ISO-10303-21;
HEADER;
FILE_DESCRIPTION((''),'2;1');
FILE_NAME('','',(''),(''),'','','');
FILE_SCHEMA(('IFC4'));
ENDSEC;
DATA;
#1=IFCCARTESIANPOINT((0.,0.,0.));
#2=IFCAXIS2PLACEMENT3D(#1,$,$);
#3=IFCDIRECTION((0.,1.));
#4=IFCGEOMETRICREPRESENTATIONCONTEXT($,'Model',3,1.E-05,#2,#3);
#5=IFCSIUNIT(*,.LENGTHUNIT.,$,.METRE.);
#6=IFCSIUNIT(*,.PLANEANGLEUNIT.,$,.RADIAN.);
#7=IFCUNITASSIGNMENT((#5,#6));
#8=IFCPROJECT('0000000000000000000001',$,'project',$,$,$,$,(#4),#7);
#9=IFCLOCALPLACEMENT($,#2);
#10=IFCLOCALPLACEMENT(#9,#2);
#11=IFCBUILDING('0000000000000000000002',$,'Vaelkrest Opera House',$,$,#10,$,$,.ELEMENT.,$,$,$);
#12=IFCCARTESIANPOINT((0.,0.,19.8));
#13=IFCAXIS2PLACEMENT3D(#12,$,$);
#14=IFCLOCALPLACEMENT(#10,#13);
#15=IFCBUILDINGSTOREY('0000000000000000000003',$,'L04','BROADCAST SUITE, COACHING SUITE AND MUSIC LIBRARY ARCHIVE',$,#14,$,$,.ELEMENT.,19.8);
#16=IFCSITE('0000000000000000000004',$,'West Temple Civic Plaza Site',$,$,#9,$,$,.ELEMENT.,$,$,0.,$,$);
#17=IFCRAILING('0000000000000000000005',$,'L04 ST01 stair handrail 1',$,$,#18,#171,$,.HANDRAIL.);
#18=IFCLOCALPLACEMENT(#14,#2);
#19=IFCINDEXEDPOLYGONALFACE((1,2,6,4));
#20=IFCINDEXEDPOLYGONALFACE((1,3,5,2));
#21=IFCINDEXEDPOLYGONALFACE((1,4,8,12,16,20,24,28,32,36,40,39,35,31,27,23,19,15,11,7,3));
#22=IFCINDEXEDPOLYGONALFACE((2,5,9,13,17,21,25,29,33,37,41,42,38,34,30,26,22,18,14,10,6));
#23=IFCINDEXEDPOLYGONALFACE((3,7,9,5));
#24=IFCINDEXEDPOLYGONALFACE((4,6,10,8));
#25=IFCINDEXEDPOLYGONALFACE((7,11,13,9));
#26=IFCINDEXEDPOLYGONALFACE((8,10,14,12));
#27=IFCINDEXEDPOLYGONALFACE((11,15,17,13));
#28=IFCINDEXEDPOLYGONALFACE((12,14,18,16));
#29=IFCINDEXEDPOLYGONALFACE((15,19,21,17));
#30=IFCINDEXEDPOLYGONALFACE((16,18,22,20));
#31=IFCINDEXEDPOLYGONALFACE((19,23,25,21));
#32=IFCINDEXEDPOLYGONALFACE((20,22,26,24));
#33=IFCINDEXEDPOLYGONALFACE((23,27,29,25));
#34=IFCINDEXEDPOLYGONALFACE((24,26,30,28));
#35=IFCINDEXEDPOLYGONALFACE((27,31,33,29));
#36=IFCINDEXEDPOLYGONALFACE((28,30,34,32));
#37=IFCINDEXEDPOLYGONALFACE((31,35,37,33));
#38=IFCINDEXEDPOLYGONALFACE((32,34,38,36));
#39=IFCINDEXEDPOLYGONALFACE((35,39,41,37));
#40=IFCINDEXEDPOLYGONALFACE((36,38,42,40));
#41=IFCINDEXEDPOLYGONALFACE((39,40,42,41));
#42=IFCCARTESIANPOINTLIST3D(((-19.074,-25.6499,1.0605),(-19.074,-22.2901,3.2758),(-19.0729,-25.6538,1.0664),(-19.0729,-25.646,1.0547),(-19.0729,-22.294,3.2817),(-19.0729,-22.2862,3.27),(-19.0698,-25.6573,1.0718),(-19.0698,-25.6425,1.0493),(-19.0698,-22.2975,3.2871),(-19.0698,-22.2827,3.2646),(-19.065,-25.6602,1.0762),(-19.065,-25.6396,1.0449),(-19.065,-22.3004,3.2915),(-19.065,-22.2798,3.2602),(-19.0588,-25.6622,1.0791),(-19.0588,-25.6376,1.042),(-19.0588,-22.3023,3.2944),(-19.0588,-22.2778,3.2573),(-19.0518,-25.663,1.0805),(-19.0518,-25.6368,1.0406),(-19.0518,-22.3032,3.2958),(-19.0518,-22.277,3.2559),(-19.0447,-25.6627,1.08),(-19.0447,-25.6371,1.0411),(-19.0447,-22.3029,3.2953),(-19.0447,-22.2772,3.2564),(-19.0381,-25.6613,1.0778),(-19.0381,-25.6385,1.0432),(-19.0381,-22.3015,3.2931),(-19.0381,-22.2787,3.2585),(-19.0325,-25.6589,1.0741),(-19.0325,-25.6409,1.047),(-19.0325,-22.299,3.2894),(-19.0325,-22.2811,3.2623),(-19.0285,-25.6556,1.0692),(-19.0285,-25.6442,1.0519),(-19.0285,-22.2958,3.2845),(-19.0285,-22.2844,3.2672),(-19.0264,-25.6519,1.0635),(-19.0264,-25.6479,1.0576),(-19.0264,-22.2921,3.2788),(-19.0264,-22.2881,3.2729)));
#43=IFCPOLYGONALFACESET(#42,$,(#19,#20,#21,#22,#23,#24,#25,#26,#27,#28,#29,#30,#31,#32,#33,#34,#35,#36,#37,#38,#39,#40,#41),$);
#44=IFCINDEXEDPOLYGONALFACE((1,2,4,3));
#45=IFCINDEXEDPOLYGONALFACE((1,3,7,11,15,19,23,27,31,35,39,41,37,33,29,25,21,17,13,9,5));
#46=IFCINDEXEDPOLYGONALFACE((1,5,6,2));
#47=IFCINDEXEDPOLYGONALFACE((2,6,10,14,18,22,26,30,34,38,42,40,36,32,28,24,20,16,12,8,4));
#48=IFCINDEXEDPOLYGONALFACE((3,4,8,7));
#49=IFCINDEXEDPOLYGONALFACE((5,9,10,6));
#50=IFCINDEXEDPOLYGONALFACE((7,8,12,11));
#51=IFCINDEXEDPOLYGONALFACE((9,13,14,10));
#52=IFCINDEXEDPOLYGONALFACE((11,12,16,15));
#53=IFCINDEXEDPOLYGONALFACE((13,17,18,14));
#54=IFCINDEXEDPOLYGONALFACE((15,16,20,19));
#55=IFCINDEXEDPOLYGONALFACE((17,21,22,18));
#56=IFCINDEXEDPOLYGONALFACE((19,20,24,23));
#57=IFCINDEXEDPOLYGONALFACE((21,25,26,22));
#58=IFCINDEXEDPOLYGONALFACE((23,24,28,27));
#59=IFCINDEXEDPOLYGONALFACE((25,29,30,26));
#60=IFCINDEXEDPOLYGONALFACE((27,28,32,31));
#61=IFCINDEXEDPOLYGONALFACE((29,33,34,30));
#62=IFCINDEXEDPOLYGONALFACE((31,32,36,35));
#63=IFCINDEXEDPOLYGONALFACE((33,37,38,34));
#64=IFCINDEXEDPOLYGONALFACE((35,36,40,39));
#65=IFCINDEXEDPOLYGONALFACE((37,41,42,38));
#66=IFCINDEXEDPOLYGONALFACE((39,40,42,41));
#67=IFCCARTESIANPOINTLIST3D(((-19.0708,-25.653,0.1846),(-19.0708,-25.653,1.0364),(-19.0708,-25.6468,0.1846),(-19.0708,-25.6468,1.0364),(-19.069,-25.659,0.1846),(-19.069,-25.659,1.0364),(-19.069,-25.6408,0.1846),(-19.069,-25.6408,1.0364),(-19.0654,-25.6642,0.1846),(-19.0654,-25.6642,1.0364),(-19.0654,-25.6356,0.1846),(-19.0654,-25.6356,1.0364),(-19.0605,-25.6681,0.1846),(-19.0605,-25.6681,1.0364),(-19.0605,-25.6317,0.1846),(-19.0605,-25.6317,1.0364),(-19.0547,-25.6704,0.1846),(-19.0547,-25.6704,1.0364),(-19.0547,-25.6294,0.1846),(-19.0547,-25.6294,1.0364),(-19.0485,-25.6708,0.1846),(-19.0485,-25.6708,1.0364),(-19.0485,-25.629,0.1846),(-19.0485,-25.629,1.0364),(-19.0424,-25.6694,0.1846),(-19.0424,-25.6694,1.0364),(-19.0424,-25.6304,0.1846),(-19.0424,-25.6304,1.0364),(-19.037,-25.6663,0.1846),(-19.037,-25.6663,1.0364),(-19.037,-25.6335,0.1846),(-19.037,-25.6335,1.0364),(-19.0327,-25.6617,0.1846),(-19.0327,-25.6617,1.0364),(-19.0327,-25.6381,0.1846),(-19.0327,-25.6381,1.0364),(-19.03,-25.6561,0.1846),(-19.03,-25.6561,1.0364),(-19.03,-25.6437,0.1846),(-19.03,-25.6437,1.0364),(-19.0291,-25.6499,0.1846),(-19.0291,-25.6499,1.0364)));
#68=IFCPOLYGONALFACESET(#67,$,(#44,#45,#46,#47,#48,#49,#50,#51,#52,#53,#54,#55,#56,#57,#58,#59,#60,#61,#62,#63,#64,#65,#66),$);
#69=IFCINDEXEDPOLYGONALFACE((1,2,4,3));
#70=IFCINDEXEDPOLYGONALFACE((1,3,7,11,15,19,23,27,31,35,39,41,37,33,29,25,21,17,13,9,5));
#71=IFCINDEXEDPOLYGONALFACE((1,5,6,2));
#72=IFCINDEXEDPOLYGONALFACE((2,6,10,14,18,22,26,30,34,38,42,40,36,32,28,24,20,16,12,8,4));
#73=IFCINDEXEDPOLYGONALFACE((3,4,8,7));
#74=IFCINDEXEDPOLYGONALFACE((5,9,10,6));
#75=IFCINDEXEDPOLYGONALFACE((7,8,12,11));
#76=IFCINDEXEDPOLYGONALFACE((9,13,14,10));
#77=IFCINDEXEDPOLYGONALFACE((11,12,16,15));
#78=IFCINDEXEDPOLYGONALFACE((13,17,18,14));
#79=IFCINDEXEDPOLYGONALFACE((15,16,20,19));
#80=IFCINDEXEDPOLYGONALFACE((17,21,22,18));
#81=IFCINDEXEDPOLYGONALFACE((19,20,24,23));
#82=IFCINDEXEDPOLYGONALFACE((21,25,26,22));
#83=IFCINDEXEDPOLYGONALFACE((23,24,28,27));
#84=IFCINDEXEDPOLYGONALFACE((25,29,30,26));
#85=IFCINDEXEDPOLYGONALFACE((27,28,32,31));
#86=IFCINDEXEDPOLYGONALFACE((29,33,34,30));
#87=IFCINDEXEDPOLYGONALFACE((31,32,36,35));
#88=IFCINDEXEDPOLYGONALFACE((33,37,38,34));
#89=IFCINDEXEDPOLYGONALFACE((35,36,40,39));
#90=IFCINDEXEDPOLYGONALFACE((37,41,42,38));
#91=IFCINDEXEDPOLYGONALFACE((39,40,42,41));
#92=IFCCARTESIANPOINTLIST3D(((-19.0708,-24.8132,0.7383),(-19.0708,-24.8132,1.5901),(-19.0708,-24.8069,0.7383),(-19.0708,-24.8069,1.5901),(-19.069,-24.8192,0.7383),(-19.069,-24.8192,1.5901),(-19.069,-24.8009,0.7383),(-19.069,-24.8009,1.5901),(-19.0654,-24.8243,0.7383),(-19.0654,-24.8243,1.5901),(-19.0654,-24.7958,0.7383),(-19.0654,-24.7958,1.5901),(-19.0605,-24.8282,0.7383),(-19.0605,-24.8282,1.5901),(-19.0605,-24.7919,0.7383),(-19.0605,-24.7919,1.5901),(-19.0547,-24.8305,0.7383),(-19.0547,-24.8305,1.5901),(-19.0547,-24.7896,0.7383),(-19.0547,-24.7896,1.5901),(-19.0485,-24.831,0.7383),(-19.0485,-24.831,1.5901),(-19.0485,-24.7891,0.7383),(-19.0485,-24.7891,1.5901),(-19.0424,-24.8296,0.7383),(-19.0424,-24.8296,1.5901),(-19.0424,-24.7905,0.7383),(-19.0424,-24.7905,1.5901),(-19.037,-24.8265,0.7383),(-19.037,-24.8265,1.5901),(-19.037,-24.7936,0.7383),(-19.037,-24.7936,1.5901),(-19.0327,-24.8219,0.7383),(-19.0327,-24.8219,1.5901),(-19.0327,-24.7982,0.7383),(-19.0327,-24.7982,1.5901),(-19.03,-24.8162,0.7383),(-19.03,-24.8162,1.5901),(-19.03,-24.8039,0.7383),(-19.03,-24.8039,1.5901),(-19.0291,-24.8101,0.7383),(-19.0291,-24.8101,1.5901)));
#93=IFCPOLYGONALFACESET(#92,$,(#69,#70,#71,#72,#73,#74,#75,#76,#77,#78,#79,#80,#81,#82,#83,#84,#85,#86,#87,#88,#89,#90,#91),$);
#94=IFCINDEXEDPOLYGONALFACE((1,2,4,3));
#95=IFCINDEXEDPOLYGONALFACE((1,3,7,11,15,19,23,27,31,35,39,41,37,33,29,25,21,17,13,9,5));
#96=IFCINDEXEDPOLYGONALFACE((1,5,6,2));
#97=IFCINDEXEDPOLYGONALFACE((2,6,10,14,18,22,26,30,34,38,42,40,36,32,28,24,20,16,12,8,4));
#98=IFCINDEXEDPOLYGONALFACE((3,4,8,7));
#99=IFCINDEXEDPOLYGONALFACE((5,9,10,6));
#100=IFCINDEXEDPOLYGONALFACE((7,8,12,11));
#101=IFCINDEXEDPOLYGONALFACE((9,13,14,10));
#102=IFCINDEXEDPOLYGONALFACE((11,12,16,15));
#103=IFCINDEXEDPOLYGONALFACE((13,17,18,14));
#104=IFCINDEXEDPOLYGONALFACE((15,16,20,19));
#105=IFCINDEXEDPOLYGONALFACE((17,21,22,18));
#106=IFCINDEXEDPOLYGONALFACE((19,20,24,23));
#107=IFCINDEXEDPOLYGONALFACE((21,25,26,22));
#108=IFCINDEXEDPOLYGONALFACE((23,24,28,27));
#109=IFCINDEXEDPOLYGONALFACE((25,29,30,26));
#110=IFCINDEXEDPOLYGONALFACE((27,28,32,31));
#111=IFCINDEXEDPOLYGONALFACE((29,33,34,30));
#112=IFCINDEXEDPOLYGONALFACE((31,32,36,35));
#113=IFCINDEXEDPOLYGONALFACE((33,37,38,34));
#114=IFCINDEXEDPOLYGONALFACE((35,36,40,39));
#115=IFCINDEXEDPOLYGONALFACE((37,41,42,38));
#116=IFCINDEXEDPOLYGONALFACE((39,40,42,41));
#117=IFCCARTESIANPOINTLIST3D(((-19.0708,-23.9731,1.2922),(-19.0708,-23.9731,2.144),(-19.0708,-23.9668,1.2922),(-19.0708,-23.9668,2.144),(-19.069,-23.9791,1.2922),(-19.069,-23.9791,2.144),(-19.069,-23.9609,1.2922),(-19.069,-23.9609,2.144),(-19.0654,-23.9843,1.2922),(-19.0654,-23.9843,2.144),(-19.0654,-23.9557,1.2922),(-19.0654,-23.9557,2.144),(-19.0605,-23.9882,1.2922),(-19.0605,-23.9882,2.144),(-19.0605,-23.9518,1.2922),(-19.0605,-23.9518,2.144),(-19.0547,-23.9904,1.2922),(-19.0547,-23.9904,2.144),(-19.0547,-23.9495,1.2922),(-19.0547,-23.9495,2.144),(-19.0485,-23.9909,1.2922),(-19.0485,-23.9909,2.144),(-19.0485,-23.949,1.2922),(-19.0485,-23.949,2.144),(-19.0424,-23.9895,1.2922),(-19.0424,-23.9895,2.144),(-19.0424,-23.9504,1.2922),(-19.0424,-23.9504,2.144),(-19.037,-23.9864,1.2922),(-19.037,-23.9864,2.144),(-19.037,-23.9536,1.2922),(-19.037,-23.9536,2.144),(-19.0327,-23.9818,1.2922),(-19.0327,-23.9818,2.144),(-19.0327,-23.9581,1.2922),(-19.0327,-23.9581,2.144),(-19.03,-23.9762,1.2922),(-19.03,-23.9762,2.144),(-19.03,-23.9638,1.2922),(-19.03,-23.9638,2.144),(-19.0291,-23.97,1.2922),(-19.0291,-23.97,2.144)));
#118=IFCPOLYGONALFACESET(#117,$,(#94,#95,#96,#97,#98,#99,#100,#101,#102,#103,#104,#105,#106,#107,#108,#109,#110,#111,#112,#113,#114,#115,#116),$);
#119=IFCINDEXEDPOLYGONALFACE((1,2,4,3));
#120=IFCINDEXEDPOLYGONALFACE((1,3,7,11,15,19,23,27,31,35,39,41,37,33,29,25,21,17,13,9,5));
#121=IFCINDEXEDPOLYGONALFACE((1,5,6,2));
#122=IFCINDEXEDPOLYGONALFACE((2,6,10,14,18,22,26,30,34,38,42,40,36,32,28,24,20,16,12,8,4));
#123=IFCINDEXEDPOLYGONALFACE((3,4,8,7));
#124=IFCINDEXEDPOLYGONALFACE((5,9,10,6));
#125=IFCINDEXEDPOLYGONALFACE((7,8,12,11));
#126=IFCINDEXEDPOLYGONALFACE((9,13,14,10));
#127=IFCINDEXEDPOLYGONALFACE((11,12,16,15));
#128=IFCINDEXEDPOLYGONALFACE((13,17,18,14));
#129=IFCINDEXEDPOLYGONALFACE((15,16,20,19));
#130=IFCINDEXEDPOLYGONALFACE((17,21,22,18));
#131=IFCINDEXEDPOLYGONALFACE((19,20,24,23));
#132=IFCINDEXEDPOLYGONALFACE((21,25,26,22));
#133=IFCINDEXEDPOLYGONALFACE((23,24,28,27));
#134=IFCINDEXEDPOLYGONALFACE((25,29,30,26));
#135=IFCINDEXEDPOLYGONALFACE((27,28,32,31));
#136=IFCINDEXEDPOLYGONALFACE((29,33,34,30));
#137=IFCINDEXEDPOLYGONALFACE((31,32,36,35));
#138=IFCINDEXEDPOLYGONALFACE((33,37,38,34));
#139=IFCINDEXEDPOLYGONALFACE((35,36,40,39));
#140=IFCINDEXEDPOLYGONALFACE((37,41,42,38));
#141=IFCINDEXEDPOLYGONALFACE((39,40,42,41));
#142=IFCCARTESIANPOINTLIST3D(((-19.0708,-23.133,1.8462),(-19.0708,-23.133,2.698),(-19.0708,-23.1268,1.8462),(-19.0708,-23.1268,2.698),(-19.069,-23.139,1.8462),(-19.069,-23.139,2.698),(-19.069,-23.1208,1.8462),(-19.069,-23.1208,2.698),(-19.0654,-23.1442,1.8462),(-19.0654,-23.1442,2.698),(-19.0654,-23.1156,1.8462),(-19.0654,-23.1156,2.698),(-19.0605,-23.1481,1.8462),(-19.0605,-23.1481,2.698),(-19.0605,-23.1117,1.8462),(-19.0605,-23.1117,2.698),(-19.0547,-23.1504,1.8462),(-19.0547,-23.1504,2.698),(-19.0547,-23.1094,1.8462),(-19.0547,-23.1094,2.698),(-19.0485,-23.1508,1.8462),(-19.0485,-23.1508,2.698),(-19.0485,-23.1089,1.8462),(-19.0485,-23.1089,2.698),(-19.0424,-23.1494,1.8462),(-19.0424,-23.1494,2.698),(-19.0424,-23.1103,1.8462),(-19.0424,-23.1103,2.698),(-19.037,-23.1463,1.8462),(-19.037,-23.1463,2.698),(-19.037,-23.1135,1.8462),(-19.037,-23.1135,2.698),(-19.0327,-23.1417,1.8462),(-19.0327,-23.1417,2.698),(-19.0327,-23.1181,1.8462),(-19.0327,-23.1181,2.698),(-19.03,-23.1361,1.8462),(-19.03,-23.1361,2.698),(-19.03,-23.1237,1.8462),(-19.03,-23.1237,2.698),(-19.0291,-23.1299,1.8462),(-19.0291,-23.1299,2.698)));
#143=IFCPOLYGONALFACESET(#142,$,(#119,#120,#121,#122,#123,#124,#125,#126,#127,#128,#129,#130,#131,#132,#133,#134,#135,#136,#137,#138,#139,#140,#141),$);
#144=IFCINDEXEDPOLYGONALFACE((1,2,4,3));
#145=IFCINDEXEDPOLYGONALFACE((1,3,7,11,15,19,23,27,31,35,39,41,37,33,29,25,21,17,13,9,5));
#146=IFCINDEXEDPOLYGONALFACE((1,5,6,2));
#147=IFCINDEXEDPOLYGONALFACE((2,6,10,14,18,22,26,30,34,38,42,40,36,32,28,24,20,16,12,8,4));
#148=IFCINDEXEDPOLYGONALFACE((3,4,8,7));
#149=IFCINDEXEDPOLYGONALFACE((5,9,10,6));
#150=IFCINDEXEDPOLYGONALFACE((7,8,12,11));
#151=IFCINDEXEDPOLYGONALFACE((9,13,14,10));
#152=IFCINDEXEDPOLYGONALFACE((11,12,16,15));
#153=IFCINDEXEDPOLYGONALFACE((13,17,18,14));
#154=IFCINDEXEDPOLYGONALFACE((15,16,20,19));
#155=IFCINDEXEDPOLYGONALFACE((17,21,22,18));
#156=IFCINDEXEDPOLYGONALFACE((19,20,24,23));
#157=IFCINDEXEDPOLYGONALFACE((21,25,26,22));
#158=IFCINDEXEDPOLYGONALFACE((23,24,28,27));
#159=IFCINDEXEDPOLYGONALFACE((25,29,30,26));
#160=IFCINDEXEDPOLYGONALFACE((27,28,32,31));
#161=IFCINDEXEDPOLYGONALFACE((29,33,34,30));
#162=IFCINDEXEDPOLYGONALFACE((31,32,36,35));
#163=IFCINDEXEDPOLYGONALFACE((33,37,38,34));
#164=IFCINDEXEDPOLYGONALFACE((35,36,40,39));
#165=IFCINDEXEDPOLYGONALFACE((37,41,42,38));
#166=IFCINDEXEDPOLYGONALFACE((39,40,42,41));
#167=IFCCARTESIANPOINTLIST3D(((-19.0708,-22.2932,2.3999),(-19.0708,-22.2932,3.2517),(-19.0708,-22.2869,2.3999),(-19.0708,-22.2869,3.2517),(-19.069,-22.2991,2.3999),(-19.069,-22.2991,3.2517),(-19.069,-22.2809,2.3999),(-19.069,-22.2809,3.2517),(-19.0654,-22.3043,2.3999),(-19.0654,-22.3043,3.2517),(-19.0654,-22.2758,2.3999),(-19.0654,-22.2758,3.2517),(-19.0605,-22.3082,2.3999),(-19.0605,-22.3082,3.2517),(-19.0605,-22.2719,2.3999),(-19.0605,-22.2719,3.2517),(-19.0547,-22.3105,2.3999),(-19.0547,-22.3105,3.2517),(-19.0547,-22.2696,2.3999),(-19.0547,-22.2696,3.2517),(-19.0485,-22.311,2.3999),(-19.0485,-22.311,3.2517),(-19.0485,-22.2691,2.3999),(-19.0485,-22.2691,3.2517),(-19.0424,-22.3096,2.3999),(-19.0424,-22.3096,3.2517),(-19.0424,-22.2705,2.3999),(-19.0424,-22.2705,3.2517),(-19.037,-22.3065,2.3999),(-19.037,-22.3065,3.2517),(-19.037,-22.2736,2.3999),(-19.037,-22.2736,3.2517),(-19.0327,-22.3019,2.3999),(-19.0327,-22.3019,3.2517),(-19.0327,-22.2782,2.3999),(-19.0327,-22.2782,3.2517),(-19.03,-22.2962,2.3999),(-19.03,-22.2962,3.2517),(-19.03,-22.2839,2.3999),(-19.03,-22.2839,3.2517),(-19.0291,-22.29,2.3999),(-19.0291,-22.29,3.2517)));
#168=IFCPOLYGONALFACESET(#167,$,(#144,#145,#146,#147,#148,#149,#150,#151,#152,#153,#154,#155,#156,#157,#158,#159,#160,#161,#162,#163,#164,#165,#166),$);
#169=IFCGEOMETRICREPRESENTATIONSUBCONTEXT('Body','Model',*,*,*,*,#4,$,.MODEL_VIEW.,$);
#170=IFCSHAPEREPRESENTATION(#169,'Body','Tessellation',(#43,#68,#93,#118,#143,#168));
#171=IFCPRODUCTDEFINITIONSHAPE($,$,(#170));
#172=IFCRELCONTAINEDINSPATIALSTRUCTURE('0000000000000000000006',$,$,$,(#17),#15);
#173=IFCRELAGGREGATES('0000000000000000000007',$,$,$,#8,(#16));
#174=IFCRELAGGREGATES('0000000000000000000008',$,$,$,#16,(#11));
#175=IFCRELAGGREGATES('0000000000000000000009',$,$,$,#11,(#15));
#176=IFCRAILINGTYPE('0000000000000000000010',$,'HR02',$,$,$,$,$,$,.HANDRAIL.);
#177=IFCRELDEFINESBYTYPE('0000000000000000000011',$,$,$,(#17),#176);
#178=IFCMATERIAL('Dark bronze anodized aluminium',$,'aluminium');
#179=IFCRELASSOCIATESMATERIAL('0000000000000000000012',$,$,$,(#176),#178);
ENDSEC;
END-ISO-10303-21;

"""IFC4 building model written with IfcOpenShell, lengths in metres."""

from ifc_helpers import new_model, si_unit, direction, frame, origin, origin_2d, place, context, subcontext, project, spatial, circle, extrude, material, type_object, element, save


model = new_model("IFC4")

# Units and contexts
model_context = context("Model", 3, precision=1e-05, world=origin(), true_north=direction((0.0, 1.0)))
body_context = subcontext(model_context, "Body", "Model", "MODEL_VIEW")
ifc_project = project(units=[si_unit("LENGTHUNIT", "METRE"), si_unit("PLANEANGLEUNIT", "RADIAN")], contexts=[model_context])

# Site, building, storey
site_placement = place(None, origin())
site = spatial("IfcSite", under=ifc_project, at=site_placement, Name="West Temple Civic Plaza Site", CompositionType="ELEMENT", RefElevation=0.0)
building_placement = place(site_placement, origin())
building = spatial("IfcBuilding", under=site, at=building_placement, Name="Vaelkrest Opera House", CompositionType="ELEMENT")
storey_placement = place(building_placement, frame((0.0, 0.0, 19.8)))
storey = spatial("IfcBuildingStorey", under=building, at=storey_placement, Name="L04", Description="BROADCAST SUITE, COACHING SUITE AND MUSIC LIBRARY ARCHIVE", CompositionType="ELEMENT", Elevation=19.8)

# Shared definitions
ifc_material_1 = material(Name="Dark bronze anodized aluminium", Category="aluminium")

# Railing
railing_type_1 = type_object("IfcRailingType", Name="HR02", PredefinedType="HANDRAIL", material=ifc_material_1)
railing_1_placement = place(storey_placement, frame((-19.05, -25.6499, 0.1846)))
element("IfcRailing", 1, at=railing_1_placement, inside=storey, type_object=railing_type_1, Name="L04 ST01 stair handrail 1", PredefinedType="HANDRAIL", context=body_context, shape_type="SweptSolid", body=[
    extrude(circle(Radius=0.0239, at=origin_2d()), frame((0.0, 0.0, 0.876), z_axis=(0.0, 0.834858, 0.550465), x_axis=(-1.0, 0.0, 0.0)), (0.0, 0.0, 1.0), 4.0244),
    extrude(circle(Radius=0.021, at=origin_2d()), origin(), (0.0, 0.0, 1.0), 0.8518),
    extrude(circle(Radius=0.021, at=origin_2d()), frame((0.0, 0.8398, 0.5537)), (0.0, 0.0, 1.0), 0.8518),
    extrude(circle(Radius=0.021, at=origin_2d()), frame((0.0, 1.6799, 1.1077)), (0.0, 0.0, 1.0), 0.8518),
    extrude(circle(Radius=0.021, at=origin_2d()), frame((0.0, 2.52, 1.6616)), (0.0, 0.0, 1.0), 0.8518),
    extrude(circle(Radius=0.021, at=origin_2d()), frame((0.0, 3.3599, 2.2153)), (0.0, 0.0, 1.0), 0.8518),
])

save(model, "model.ifc")
